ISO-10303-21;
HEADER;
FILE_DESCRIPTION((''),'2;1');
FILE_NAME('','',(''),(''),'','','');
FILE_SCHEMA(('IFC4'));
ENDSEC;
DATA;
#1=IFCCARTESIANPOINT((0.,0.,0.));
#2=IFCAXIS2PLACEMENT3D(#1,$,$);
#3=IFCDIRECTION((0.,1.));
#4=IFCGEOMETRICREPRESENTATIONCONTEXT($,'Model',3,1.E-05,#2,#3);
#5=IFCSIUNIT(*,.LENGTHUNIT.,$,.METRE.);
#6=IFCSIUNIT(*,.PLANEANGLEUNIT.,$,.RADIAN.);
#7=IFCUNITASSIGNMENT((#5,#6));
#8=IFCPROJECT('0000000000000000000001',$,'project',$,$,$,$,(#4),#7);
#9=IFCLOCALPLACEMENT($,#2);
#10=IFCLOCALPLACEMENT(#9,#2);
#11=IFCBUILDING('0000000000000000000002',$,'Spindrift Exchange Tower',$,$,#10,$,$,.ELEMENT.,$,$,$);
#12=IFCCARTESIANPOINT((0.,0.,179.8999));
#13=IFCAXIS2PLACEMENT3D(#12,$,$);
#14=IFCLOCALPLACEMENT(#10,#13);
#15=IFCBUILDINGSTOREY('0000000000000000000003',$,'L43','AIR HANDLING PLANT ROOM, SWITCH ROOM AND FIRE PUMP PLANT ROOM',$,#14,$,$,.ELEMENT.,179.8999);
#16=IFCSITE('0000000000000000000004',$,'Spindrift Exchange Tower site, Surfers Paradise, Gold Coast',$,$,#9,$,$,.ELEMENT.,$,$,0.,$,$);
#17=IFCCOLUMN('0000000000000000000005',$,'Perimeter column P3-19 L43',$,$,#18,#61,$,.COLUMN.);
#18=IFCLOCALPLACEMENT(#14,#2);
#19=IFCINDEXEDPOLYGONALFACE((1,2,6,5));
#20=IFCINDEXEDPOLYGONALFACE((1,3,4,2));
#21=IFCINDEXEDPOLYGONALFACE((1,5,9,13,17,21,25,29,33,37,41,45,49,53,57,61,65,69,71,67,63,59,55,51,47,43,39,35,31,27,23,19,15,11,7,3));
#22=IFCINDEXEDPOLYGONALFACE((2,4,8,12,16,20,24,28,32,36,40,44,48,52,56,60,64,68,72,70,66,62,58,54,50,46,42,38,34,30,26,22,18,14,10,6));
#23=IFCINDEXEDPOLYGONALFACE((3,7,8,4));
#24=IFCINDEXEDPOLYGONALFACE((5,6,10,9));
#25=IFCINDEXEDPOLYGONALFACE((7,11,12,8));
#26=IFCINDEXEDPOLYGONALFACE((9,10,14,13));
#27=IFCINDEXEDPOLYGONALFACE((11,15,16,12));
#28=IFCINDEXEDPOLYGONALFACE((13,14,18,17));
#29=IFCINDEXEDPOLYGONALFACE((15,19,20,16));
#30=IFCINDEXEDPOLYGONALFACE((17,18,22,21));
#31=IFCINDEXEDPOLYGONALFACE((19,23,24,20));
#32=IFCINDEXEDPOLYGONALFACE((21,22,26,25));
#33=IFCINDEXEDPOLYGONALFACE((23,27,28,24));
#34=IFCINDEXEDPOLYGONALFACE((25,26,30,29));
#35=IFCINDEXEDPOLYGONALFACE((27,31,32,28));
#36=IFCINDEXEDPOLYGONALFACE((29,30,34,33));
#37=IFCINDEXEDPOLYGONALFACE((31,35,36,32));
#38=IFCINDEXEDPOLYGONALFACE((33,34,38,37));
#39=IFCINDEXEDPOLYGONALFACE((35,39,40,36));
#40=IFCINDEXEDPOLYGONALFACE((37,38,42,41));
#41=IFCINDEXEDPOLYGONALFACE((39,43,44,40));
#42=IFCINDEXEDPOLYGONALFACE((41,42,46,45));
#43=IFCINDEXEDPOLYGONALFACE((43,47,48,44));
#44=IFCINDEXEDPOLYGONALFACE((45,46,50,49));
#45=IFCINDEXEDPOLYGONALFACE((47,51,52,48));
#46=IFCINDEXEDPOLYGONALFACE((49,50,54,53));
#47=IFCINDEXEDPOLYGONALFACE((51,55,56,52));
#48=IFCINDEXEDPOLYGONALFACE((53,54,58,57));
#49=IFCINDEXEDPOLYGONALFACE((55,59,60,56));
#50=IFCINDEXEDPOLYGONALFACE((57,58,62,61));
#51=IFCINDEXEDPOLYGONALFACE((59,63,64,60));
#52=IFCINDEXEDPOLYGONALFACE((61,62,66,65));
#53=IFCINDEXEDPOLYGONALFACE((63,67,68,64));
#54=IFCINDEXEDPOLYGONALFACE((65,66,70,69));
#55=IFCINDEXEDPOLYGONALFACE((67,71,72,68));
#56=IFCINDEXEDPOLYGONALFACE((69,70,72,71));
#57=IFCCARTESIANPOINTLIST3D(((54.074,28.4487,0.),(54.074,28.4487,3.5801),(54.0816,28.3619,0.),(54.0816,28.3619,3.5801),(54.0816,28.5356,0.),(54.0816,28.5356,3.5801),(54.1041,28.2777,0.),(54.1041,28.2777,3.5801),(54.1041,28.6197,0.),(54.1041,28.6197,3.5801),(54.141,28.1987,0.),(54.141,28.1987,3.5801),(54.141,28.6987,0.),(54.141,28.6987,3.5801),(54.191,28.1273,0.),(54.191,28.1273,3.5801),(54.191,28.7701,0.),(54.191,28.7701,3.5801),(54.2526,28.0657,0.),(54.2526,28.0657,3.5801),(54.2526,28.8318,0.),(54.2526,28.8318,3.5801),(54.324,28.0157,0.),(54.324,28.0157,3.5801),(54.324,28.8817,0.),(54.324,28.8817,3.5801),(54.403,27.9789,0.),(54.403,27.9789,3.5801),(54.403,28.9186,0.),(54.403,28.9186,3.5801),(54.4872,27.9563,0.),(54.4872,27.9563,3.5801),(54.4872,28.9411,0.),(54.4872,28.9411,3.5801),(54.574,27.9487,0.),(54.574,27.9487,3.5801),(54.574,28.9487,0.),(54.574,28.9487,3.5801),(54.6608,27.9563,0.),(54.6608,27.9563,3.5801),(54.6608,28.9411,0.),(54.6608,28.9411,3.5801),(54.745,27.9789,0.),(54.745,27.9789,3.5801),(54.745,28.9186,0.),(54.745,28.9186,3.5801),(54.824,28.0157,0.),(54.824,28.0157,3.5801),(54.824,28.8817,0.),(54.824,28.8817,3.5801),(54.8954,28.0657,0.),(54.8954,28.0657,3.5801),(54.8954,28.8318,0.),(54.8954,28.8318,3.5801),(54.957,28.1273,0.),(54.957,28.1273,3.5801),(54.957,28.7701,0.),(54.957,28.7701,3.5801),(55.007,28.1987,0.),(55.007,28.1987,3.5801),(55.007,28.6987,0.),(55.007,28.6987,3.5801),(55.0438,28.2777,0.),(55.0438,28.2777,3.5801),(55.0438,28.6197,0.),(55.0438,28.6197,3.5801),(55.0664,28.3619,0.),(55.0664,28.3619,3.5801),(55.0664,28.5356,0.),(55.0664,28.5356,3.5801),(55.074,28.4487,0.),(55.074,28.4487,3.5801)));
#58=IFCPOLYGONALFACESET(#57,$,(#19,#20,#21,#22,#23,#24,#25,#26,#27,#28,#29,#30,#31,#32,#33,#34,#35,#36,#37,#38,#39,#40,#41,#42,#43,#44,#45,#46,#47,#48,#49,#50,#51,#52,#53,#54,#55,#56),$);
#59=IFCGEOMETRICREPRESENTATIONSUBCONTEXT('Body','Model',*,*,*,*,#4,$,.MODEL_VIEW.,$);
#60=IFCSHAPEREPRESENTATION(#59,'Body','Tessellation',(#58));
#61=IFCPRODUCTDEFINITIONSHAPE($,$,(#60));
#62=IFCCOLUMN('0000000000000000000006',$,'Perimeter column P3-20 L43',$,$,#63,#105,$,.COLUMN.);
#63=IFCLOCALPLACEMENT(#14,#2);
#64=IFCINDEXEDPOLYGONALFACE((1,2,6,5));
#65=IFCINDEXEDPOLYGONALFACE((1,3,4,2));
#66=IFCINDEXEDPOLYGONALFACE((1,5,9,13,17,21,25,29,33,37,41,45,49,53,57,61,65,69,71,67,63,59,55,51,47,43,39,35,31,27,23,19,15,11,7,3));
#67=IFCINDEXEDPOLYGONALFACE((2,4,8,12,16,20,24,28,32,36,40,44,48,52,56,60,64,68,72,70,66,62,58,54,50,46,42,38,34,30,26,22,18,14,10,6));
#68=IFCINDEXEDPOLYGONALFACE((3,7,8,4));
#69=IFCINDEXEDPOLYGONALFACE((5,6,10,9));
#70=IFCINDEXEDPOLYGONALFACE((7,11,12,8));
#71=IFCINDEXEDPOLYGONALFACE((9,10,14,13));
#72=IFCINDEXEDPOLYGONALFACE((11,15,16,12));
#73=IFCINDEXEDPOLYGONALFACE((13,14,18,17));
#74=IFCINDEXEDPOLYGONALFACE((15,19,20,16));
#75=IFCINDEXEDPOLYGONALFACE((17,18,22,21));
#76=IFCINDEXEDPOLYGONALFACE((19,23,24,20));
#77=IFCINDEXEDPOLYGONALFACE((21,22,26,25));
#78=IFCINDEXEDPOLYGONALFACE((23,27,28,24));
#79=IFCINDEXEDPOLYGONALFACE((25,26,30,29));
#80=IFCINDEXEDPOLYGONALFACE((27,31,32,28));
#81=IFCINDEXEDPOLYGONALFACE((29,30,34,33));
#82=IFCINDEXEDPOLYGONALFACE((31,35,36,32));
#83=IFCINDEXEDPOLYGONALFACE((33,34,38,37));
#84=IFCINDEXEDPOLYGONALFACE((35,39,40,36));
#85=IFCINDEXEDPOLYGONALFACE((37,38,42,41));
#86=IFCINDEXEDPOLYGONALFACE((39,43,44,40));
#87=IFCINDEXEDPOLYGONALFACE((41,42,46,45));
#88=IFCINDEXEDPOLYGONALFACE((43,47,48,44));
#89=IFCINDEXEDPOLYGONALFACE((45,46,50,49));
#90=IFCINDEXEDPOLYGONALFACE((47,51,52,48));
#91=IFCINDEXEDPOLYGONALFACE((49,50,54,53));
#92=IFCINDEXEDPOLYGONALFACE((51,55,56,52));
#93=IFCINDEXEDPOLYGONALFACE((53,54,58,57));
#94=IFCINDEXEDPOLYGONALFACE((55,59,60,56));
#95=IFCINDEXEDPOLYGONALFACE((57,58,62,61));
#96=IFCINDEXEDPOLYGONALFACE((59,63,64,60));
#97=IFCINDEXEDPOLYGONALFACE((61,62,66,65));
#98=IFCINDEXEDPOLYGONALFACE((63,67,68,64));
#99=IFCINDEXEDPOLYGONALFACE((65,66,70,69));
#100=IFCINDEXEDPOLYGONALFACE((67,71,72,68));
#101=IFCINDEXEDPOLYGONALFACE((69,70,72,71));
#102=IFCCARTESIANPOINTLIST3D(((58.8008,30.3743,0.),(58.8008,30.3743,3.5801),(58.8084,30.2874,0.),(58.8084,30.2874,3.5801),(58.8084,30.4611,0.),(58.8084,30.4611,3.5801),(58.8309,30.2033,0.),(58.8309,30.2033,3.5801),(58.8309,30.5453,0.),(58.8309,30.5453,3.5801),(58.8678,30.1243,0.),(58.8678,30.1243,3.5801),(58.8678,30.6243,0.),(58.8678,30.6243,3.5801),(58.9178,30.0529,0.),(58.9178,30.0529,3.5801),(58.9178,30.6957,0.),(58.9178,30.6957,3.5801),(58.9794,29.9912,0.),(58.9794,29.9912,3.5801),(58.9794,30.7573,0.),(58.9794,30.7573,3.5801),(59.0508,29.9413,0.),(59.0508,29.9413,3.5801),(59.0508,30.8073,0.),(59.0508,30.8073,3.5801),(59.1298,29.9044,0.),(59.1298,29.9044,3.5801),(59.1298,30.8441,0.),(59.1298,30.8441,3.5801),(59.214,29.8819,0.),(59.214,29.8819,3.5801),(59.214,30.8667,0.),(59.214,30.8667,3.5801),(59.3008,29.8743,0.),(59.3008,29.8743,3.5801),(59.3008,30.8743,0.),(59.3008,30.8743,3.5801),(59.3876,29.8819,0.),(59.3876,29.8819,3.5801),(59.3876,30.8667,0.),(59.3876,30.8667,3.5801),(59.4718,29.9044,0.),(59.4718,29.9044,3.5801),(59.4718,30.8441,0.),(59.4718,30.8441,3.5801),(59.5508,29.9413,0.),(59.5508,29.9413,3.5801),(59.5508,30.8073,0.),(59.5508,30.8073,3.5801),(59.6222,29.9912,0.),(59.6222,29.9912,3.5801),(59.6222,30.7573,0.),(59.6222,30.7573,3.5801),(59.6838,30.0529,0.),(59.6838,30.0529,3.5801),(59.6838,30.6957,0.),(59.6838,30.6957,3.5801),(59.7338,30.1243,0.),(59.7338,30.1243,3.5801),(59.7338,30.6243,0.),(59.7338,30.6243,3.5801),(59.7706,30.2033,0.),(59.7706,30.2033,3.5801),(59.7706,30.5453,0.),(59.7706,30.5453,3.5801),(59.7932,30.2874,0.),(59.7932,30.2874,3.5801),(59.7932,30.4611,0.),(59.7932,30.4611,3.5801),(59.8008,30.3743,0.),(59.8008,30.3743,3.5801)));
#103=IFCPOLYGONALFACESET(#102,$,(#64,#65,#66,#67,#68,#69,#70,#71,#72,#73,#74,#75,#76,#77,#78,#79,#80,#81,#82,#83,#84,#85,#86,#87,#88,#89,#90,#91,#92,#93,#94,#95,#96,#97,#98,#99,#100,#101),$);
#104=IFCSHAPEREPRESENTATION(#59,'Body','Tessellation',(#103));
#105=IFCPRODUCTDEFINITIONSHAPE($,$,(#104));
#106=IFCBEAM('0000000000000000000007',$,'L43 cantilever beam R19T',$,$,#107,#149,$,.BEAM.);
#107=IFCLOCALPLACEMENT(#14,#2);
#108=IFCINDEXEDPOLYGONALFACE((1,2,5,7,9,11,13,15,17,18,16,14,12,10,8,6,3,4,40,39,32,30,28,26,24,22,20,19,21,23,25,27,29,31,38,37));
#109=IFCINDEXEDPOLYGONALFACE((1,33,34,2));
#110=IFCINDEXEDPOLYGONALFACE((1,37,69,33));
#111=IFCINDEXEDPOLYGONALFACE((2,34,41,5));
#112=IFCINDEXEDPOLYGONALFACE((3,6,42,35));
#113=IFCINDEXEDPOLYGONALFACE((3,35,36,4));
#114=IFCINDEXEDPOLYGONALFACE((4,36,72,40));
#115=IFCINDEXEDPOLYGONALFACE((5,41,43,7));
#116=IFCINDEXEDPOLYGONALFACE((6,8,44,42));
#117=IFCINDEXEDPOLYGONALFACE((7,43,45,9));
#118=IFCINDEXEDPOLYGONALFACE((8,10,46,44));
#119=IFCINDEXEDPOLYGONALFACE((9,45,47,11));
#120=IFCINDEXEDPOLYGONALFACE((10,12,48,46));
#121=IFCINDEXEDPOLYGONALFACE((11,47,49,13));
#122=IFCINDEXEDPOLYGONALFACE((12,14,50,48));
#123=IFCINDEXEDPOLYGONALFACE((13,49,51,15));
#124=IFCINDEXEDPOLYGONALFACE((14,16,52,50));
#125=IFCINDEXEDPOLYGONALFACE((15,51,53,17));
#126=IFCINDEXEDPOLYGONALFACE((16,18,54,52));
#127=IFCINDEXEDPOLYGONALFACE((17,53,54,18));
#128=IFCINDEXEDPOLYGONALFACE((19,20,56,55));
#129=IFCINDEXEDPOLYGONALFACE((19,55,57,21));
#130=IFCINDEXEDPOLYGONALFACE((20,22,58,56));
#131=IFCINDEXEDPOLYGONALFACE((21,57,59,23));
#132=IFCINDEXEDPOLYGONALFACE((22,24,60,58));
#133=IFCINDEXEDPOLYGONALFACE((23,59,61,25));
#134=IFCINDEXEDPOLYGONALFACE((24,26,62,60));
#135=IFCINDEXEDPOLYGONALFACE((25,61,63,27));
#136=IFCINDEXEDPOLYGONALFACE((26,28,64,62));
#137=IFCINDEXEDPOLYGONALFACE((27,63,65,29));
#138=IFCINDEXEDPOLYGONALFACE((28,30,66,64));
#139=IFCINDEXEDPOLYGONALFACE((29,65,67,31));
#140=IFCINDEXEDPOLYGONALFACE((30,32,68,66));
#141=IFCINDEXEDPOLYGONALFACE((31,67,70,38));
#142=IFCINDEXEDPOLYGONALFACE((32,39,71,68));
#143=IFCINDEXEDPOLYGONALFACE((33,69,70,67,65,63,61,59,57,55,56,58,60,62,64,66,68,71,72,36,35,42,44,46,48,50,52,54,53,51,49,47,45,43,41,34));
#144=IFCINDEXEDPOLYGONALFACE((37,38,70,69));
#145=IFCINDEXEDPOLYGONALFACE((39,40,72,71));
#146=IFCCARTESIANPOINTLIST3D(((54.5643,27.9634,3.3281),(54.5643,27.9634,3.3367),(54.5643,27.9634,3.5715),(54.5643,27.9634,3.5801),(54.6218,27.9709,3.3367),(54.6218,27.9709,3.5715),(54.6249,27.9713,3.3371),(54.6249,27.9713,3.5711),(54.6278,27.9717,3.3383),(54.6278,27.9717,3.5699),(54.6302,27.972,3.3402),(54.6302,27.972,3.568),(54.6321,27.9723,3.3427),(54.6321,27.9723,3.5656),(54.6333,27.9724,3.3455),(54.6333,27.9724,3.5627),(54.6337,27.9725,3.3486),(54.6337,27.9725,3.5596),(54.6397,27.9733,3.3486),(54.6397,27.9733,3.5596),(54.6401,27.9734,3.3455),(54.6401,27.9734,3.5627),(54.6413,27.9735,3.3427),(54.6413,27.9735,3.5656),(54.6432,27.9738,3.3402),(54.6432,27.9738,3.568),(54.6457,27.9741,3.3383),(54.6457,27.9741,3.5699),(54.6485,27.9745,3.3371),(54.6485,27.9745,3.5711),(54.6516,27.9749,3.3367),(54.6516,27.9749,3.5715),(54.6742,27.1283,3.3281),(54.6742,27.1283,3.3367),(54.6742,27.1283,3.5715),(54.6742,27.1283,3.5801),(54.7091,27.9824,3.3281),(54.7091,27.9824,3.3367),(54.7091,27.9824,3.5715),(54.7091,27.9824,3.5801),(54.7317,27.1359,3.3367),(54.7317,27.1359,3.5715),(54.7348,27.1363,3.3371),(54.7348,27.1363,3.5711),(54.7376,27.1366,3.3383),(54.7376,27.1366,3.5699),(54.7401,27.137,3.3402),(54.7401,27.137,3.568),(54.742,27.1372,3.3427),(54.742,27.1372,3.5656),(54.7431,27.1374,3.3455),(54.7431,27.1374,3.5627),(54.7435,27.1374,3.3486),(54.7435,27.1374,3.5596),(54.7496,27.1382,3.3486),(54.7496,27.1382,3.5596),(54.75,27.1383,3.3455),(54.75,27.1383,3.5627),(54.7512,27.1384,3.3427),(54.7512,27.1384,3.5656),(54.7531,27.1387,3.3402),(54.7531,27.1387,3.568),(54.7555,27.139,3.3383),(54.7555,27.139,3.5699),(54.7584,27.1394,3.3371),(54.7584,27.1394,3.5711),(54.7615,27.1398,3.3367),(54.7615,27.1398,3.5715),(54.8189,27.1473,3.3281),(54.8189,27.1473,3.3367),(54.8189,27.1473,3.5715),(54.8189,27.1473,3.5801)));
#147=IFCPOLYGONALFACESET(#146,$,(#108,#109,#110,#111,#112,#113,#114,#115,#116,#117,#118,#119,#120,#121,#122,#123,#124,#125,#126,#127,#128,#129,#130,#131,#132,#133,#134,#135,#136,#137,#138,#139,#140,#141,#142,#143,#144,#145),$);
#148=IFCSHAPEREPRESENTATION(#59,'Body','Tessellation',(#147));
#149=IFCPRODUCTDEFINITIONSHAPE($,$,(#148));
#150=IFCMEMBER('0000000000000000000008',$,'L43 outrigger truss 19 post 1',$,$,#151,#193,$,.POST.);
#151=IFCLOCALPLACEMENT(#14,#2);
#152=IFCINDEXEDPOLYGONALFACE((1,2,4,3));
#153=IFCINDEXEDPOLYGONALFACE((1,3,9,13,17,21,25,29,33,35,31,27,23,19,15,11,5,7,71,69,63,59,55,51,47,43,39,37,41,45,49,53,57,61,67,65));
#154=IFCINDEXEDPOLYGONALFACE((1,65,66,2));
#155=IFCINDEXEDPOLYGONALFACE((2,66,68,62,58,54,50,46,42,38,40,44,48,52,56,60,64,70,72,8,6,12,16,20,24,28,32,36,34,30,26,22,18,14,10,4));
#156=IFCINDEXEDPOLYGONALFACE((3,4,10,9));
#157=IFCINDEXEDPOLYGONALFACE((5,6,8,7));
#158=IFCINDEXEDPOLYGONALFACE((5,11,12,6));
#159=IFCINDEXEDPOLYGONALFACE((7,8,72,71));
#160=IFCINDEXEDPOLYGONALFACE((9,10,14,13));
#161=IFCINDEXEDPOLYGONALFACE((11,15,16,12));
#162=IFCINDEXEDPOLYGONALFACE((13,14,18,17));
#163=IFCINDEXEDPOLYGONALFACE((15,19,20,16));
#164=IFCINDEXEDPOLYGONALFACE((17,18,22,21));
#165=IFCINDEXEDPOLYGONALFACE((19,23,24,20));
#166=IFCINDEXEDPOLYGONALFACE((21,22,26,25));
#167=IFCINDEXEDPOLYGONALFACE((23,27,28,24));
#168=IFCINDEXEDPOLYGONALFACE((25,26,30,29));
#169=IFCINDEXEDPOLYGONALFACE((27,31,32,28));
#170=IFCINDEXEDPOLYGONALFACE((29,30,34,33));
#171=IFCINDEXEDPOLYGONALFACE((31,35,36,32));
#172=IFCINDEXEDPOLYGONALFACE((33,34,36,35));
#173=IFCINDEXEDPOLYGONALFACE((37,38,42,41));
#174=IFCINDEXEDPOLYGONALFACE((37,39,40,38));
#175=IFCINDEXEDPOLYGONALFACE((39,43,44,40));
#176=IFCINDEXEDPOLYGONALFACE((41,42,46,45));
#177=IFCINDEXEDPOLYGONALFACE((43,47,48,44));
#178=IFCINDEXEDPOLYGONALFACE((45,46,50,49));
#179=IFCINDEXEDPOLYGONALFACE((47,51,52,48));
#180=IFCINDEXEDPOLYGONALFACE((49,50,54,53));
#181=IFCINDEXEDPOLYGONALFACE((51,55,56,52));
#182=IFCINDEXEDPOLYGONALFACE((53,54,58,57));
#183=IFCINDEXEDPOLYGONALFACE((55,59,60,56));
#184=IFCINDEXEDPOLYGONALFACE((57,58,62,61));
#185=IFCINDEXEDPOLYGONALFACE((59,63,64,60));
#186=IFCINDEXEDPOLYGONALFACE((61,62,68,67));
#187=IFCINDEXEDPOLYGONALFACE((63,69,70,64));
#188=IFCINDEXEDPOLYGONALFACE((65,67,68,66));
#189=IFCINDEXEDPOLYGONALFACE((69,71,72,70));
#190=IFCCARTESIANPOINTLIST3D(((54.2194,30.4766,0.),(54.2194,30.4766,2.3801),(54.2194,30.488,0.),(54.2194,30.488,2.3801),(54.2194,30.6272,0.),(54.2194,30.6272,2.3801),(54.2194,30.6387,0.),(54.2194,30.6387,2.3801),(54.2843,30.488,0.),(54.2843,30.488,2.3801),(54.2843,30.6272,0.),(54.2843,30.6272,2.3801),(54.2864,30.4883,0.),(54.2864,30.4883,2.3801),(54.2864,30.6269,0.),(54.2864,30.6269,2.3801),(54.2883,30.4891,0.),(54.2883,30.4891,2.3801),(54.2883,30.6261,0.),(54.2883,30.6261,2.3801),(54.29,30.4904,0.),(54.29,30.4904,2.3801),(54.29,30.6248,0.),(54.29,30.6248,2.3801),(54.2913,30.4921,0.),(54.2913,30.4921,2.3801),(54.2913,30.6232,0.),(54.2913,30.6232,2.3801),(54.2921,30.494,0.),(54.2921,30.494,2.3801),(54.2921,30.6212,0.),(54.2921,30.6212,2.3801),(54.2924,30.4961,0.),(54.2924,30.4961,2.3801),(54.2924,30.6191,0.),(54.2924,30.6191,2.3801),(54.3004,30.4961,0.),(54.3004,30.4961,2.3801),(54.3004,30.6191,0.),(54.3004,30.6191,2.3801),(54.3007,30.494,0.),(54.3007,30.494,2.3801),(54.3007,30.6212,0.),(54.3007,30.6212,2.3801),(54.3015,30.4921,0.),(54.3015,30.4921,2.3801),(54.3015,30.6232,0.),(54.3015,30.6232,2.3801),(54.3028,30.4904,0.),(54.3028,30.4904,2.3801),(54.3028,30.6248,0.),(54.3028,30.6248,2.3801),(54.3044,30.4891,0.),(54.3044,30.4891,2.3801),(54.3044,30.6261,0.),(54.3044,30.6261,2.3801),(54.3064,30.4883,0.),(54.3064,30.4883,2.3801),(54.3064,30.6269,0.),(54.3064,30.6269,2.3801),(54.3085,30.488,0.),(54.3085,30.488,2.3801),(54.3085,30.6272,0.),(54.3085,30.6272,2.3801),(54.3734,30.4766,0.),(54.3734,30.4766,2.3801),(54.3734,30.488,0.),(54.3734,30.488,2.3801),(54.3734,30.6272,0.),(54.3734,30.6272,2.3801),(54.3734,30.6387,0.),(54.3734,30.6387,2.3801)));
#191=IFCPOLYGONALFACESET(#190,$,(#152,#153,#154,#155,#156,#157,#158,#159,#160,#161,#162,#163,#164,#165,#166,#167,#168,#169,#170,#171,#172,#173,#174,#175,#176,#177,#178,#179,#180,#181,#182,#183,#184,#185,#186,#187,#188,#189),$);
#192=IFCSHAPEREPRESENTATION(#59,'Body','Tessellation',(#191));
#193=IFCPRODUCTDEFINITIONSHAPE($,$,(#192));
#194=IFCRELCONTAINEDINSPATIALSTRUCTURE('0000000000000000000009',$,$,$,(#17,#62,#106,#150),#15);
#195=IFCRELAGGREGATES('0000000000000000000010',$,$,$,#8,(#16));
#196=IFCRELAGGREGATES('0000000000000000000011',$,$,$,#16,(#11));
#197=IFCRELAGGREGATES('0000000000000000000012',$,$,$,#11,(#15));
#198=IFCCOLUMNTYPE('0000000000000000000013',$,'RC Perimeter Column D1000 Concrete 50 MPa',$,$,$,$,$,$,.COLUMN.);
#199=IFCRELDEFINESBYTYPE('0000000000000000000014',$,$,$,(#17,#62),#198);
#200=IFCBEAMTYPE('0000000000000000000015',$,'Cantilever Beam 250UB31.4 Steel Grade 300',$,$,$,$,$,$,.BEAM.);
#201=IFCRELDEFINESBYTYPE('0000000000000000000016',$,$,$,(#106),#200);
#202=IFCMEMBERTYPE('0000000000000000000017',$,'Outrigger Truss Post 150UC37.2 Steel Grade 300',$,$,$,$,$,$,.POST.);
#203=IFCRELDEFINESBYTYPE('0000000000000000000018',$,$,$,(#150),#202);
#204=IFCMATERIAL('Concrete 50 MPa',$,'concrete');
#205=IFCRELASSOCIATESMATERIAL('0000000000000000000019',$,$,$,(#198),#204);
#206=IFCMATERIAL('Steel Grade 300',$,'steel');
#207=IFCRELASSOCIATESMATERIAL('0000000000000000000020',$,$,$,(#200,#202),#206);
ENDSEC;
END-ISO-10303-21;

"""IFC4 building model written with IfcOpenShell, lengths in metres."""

from ifc_helpers import new_model, si_unit, direction, frame, origin, origin_2d, place, context, subcontext, project, spatial, circle, i_section, extrude, source, transform, mapped, material, material_profile, profile_set, type_object, element, save


model = new_model("IFC4")

# Units and contexts
model_context = context("Model", 3, precision=1e-05, world=origin(), true_north=direction((0.0, 1.0)))
body_context = subcontext(model_context, "Body", "Model", "MODEL_VIEW")
ifc_project = project(units=[si_unit("LENGTHUNIT", "METRE"), si_unit("PLANEANGLEUNIT", "RADIAN")], contexts=[model_context])

# Site, building, storey
site_placement = place(None, origin())
site = spatial("IfcSite", under=ifc_project, at=site_placement, Name="Spindrift Exchange Tower site, Surfers Paradise, Gold Coast", CompositionType="ELEMENT", RefElevation=0.0)
building_placement = place(site_placement, origin())
building = spatial("IfcBuilding", under=site, at=building_placement, Name="Spindrift Exchange Tower", CompositionType="ELEMENT")
storey_placement = place(building_placement, frame((0.0, 0.0, 179.8999)))
storey = spatial("IfcBuildingStorey", under=building, at=storey_placement, Name="L43", Description="AIR HANDLING PLANT ROOM, SWITCH ROOM AND FIRE PUMP PLANT ROOM", CompositionType="ELEMENT", Elevation=179.8999)

# Columns
ifc_material_1 = material(Name="Concrete 50 MPa", Category="concrete")
ifc_material_profile_1 = material_profile(ifc_material_1, circle(Radius=0.5, at=origin_2d()), Name="RC D1000")
ifc_profile_set_1 = profile_set([ifc_material_profile_1], Name="Concrete 50 MPa")
column_type = type_object("IfcColumnType", Name="RC Perimeter Column D1000 Concrete 50 MPa", PredefinedType="COLUMN", material=ifc_profile_set_1)
shared_shape_1 = source(origin(), body_context, "Body", "SweptSolid", [
    extrude(circle(Radius=0.5, at=origin_2d()), origin(), (0.0, 0.0, 1.0), 3.5801),
])
for number, where, z_axis, x_axis, name in (
    (1, (54.574, 28.4487, 0.0), (0.0, 0.0, 1.0), (1.0, 0.0, 0.0), "Perimeter column P3-19 L43"),
    (2, (59.3008, 30.3743, 0.0), (0.0, 0.0, 1.0), (1.0, 0.0, 0.0), "Perimeter column P3-20 L43"),
):
    element("IfcColumn", number, at=place(storey_placement, frame(where, z_axis=z_axis, x_axis=x_axis)), inside=storey, type_object=column_type, Name=name, PredefinedType="COLUMN", context=body_context, shape_type="MappedRepresentation", body=[
        mapped(shared_shape_1, transform((0.0, 0.0, 0.0), scale=1.0)),
    ])

# Beam
ifc_material_2 = material(Name="Steel Grade 300", Category="steel")
ifc_material_profile_2 = material_profile(ifc_material_2, i_section(OverallWidth=0.146, OverallDepth=0.252, WebThickness=0.0061, FlangeThickness=0.0085, FilletRadius=0.012, at=origin_2d()), Name="250UB31.4")
ifc_profile_set_2 = profile_set([ifc_material_profile_2], Name="Steel Grade 300")
beam_type_1 = type_object("IfcBeamType", Name="Cantilever Beam 250UB31.4 Steel Grade 300", PredefinedType="BEAM", material=ifc_profile_set_2)
shared_shape_2 = source(origin(), body_context, "Body", "SweptSolid", [
    extrude(i_section(OverallWidth=0.146, OverallDepth=0.252, WebThickness=0.0061, FlangeThickness=0.0085, FilletRadius=0.012, at=origin_2d()), origin(), (0.0, 0.0, 1.0), 0.8423),
])
beam_1_placement = place(storey_placement, frame((54.6367, 27.9729, 3.4541), z_axis=(0.130417, -0.991459, 0.0), x_axis=(0.991459, 0.130417, 0.0)))
element("IfcBeam", 3, at=beam_1_placement, inside=storey, type_object=beam_type_1, Name="L43 cantilever beam R19T", PredefinedType="BEAM", context=body_context, shape_type="MappedRepresentation", body=[
    mapped(shared_shape_2, transform((0.0, 0.0, 0.0), scale=1.0)),
])

# Member
ifc_material_profile_3 = material_profile(ifc_material_2, i_section(OverallWidth=0.1541, OverallDepth=0.1621, WebThickness=0.0081, FlangeThickness=0.0115, FilletRadius=0.0081, at=origin_2d()), Name="150UC37.2")
ifc_profile_set_3 = profile_set([ifc_material_profile_3], Name="Steel Grade 300")
member_type_1 = type_object("IfcMemberType", Name="Outrigger Truss Post 150UC37.2 Steel Grade 300", PredefinedType="POST", material=ifc_profile_set_3)
shared_shape_3 = source(origin(), body_context, "Body", "SweptSolid", [
    extrude(i_section(OverallWidth=0.1541, OverallDepth=0.1621, WebThickness=0.0081, FlangeThickness=0.0115, FilletRadius=0.0081, at=origin_2d()), origin(), (0.0, 0.0, 1.0), 2.3801),
])
member_1_placement = place(storey_placement, frame((54.2964, 30.5576, 0.0), z_axis=(0.0, 0.0, 1.0), x_axis=(1.0, 0.0, 0.0)))
element("IfcMember", 4, at=member_1_placement, inside=storey, type_object=member_type_1, Name="L43 outrigger truss 19 post 1", PredefinedType="POST", context=body_context, shape_type="MappedRepresentation", body=[
    mapped(shared_shape_3, transform((0.0, 0.0, 0.0), scale=1.0)),
])

save(model, "model.ifc")
